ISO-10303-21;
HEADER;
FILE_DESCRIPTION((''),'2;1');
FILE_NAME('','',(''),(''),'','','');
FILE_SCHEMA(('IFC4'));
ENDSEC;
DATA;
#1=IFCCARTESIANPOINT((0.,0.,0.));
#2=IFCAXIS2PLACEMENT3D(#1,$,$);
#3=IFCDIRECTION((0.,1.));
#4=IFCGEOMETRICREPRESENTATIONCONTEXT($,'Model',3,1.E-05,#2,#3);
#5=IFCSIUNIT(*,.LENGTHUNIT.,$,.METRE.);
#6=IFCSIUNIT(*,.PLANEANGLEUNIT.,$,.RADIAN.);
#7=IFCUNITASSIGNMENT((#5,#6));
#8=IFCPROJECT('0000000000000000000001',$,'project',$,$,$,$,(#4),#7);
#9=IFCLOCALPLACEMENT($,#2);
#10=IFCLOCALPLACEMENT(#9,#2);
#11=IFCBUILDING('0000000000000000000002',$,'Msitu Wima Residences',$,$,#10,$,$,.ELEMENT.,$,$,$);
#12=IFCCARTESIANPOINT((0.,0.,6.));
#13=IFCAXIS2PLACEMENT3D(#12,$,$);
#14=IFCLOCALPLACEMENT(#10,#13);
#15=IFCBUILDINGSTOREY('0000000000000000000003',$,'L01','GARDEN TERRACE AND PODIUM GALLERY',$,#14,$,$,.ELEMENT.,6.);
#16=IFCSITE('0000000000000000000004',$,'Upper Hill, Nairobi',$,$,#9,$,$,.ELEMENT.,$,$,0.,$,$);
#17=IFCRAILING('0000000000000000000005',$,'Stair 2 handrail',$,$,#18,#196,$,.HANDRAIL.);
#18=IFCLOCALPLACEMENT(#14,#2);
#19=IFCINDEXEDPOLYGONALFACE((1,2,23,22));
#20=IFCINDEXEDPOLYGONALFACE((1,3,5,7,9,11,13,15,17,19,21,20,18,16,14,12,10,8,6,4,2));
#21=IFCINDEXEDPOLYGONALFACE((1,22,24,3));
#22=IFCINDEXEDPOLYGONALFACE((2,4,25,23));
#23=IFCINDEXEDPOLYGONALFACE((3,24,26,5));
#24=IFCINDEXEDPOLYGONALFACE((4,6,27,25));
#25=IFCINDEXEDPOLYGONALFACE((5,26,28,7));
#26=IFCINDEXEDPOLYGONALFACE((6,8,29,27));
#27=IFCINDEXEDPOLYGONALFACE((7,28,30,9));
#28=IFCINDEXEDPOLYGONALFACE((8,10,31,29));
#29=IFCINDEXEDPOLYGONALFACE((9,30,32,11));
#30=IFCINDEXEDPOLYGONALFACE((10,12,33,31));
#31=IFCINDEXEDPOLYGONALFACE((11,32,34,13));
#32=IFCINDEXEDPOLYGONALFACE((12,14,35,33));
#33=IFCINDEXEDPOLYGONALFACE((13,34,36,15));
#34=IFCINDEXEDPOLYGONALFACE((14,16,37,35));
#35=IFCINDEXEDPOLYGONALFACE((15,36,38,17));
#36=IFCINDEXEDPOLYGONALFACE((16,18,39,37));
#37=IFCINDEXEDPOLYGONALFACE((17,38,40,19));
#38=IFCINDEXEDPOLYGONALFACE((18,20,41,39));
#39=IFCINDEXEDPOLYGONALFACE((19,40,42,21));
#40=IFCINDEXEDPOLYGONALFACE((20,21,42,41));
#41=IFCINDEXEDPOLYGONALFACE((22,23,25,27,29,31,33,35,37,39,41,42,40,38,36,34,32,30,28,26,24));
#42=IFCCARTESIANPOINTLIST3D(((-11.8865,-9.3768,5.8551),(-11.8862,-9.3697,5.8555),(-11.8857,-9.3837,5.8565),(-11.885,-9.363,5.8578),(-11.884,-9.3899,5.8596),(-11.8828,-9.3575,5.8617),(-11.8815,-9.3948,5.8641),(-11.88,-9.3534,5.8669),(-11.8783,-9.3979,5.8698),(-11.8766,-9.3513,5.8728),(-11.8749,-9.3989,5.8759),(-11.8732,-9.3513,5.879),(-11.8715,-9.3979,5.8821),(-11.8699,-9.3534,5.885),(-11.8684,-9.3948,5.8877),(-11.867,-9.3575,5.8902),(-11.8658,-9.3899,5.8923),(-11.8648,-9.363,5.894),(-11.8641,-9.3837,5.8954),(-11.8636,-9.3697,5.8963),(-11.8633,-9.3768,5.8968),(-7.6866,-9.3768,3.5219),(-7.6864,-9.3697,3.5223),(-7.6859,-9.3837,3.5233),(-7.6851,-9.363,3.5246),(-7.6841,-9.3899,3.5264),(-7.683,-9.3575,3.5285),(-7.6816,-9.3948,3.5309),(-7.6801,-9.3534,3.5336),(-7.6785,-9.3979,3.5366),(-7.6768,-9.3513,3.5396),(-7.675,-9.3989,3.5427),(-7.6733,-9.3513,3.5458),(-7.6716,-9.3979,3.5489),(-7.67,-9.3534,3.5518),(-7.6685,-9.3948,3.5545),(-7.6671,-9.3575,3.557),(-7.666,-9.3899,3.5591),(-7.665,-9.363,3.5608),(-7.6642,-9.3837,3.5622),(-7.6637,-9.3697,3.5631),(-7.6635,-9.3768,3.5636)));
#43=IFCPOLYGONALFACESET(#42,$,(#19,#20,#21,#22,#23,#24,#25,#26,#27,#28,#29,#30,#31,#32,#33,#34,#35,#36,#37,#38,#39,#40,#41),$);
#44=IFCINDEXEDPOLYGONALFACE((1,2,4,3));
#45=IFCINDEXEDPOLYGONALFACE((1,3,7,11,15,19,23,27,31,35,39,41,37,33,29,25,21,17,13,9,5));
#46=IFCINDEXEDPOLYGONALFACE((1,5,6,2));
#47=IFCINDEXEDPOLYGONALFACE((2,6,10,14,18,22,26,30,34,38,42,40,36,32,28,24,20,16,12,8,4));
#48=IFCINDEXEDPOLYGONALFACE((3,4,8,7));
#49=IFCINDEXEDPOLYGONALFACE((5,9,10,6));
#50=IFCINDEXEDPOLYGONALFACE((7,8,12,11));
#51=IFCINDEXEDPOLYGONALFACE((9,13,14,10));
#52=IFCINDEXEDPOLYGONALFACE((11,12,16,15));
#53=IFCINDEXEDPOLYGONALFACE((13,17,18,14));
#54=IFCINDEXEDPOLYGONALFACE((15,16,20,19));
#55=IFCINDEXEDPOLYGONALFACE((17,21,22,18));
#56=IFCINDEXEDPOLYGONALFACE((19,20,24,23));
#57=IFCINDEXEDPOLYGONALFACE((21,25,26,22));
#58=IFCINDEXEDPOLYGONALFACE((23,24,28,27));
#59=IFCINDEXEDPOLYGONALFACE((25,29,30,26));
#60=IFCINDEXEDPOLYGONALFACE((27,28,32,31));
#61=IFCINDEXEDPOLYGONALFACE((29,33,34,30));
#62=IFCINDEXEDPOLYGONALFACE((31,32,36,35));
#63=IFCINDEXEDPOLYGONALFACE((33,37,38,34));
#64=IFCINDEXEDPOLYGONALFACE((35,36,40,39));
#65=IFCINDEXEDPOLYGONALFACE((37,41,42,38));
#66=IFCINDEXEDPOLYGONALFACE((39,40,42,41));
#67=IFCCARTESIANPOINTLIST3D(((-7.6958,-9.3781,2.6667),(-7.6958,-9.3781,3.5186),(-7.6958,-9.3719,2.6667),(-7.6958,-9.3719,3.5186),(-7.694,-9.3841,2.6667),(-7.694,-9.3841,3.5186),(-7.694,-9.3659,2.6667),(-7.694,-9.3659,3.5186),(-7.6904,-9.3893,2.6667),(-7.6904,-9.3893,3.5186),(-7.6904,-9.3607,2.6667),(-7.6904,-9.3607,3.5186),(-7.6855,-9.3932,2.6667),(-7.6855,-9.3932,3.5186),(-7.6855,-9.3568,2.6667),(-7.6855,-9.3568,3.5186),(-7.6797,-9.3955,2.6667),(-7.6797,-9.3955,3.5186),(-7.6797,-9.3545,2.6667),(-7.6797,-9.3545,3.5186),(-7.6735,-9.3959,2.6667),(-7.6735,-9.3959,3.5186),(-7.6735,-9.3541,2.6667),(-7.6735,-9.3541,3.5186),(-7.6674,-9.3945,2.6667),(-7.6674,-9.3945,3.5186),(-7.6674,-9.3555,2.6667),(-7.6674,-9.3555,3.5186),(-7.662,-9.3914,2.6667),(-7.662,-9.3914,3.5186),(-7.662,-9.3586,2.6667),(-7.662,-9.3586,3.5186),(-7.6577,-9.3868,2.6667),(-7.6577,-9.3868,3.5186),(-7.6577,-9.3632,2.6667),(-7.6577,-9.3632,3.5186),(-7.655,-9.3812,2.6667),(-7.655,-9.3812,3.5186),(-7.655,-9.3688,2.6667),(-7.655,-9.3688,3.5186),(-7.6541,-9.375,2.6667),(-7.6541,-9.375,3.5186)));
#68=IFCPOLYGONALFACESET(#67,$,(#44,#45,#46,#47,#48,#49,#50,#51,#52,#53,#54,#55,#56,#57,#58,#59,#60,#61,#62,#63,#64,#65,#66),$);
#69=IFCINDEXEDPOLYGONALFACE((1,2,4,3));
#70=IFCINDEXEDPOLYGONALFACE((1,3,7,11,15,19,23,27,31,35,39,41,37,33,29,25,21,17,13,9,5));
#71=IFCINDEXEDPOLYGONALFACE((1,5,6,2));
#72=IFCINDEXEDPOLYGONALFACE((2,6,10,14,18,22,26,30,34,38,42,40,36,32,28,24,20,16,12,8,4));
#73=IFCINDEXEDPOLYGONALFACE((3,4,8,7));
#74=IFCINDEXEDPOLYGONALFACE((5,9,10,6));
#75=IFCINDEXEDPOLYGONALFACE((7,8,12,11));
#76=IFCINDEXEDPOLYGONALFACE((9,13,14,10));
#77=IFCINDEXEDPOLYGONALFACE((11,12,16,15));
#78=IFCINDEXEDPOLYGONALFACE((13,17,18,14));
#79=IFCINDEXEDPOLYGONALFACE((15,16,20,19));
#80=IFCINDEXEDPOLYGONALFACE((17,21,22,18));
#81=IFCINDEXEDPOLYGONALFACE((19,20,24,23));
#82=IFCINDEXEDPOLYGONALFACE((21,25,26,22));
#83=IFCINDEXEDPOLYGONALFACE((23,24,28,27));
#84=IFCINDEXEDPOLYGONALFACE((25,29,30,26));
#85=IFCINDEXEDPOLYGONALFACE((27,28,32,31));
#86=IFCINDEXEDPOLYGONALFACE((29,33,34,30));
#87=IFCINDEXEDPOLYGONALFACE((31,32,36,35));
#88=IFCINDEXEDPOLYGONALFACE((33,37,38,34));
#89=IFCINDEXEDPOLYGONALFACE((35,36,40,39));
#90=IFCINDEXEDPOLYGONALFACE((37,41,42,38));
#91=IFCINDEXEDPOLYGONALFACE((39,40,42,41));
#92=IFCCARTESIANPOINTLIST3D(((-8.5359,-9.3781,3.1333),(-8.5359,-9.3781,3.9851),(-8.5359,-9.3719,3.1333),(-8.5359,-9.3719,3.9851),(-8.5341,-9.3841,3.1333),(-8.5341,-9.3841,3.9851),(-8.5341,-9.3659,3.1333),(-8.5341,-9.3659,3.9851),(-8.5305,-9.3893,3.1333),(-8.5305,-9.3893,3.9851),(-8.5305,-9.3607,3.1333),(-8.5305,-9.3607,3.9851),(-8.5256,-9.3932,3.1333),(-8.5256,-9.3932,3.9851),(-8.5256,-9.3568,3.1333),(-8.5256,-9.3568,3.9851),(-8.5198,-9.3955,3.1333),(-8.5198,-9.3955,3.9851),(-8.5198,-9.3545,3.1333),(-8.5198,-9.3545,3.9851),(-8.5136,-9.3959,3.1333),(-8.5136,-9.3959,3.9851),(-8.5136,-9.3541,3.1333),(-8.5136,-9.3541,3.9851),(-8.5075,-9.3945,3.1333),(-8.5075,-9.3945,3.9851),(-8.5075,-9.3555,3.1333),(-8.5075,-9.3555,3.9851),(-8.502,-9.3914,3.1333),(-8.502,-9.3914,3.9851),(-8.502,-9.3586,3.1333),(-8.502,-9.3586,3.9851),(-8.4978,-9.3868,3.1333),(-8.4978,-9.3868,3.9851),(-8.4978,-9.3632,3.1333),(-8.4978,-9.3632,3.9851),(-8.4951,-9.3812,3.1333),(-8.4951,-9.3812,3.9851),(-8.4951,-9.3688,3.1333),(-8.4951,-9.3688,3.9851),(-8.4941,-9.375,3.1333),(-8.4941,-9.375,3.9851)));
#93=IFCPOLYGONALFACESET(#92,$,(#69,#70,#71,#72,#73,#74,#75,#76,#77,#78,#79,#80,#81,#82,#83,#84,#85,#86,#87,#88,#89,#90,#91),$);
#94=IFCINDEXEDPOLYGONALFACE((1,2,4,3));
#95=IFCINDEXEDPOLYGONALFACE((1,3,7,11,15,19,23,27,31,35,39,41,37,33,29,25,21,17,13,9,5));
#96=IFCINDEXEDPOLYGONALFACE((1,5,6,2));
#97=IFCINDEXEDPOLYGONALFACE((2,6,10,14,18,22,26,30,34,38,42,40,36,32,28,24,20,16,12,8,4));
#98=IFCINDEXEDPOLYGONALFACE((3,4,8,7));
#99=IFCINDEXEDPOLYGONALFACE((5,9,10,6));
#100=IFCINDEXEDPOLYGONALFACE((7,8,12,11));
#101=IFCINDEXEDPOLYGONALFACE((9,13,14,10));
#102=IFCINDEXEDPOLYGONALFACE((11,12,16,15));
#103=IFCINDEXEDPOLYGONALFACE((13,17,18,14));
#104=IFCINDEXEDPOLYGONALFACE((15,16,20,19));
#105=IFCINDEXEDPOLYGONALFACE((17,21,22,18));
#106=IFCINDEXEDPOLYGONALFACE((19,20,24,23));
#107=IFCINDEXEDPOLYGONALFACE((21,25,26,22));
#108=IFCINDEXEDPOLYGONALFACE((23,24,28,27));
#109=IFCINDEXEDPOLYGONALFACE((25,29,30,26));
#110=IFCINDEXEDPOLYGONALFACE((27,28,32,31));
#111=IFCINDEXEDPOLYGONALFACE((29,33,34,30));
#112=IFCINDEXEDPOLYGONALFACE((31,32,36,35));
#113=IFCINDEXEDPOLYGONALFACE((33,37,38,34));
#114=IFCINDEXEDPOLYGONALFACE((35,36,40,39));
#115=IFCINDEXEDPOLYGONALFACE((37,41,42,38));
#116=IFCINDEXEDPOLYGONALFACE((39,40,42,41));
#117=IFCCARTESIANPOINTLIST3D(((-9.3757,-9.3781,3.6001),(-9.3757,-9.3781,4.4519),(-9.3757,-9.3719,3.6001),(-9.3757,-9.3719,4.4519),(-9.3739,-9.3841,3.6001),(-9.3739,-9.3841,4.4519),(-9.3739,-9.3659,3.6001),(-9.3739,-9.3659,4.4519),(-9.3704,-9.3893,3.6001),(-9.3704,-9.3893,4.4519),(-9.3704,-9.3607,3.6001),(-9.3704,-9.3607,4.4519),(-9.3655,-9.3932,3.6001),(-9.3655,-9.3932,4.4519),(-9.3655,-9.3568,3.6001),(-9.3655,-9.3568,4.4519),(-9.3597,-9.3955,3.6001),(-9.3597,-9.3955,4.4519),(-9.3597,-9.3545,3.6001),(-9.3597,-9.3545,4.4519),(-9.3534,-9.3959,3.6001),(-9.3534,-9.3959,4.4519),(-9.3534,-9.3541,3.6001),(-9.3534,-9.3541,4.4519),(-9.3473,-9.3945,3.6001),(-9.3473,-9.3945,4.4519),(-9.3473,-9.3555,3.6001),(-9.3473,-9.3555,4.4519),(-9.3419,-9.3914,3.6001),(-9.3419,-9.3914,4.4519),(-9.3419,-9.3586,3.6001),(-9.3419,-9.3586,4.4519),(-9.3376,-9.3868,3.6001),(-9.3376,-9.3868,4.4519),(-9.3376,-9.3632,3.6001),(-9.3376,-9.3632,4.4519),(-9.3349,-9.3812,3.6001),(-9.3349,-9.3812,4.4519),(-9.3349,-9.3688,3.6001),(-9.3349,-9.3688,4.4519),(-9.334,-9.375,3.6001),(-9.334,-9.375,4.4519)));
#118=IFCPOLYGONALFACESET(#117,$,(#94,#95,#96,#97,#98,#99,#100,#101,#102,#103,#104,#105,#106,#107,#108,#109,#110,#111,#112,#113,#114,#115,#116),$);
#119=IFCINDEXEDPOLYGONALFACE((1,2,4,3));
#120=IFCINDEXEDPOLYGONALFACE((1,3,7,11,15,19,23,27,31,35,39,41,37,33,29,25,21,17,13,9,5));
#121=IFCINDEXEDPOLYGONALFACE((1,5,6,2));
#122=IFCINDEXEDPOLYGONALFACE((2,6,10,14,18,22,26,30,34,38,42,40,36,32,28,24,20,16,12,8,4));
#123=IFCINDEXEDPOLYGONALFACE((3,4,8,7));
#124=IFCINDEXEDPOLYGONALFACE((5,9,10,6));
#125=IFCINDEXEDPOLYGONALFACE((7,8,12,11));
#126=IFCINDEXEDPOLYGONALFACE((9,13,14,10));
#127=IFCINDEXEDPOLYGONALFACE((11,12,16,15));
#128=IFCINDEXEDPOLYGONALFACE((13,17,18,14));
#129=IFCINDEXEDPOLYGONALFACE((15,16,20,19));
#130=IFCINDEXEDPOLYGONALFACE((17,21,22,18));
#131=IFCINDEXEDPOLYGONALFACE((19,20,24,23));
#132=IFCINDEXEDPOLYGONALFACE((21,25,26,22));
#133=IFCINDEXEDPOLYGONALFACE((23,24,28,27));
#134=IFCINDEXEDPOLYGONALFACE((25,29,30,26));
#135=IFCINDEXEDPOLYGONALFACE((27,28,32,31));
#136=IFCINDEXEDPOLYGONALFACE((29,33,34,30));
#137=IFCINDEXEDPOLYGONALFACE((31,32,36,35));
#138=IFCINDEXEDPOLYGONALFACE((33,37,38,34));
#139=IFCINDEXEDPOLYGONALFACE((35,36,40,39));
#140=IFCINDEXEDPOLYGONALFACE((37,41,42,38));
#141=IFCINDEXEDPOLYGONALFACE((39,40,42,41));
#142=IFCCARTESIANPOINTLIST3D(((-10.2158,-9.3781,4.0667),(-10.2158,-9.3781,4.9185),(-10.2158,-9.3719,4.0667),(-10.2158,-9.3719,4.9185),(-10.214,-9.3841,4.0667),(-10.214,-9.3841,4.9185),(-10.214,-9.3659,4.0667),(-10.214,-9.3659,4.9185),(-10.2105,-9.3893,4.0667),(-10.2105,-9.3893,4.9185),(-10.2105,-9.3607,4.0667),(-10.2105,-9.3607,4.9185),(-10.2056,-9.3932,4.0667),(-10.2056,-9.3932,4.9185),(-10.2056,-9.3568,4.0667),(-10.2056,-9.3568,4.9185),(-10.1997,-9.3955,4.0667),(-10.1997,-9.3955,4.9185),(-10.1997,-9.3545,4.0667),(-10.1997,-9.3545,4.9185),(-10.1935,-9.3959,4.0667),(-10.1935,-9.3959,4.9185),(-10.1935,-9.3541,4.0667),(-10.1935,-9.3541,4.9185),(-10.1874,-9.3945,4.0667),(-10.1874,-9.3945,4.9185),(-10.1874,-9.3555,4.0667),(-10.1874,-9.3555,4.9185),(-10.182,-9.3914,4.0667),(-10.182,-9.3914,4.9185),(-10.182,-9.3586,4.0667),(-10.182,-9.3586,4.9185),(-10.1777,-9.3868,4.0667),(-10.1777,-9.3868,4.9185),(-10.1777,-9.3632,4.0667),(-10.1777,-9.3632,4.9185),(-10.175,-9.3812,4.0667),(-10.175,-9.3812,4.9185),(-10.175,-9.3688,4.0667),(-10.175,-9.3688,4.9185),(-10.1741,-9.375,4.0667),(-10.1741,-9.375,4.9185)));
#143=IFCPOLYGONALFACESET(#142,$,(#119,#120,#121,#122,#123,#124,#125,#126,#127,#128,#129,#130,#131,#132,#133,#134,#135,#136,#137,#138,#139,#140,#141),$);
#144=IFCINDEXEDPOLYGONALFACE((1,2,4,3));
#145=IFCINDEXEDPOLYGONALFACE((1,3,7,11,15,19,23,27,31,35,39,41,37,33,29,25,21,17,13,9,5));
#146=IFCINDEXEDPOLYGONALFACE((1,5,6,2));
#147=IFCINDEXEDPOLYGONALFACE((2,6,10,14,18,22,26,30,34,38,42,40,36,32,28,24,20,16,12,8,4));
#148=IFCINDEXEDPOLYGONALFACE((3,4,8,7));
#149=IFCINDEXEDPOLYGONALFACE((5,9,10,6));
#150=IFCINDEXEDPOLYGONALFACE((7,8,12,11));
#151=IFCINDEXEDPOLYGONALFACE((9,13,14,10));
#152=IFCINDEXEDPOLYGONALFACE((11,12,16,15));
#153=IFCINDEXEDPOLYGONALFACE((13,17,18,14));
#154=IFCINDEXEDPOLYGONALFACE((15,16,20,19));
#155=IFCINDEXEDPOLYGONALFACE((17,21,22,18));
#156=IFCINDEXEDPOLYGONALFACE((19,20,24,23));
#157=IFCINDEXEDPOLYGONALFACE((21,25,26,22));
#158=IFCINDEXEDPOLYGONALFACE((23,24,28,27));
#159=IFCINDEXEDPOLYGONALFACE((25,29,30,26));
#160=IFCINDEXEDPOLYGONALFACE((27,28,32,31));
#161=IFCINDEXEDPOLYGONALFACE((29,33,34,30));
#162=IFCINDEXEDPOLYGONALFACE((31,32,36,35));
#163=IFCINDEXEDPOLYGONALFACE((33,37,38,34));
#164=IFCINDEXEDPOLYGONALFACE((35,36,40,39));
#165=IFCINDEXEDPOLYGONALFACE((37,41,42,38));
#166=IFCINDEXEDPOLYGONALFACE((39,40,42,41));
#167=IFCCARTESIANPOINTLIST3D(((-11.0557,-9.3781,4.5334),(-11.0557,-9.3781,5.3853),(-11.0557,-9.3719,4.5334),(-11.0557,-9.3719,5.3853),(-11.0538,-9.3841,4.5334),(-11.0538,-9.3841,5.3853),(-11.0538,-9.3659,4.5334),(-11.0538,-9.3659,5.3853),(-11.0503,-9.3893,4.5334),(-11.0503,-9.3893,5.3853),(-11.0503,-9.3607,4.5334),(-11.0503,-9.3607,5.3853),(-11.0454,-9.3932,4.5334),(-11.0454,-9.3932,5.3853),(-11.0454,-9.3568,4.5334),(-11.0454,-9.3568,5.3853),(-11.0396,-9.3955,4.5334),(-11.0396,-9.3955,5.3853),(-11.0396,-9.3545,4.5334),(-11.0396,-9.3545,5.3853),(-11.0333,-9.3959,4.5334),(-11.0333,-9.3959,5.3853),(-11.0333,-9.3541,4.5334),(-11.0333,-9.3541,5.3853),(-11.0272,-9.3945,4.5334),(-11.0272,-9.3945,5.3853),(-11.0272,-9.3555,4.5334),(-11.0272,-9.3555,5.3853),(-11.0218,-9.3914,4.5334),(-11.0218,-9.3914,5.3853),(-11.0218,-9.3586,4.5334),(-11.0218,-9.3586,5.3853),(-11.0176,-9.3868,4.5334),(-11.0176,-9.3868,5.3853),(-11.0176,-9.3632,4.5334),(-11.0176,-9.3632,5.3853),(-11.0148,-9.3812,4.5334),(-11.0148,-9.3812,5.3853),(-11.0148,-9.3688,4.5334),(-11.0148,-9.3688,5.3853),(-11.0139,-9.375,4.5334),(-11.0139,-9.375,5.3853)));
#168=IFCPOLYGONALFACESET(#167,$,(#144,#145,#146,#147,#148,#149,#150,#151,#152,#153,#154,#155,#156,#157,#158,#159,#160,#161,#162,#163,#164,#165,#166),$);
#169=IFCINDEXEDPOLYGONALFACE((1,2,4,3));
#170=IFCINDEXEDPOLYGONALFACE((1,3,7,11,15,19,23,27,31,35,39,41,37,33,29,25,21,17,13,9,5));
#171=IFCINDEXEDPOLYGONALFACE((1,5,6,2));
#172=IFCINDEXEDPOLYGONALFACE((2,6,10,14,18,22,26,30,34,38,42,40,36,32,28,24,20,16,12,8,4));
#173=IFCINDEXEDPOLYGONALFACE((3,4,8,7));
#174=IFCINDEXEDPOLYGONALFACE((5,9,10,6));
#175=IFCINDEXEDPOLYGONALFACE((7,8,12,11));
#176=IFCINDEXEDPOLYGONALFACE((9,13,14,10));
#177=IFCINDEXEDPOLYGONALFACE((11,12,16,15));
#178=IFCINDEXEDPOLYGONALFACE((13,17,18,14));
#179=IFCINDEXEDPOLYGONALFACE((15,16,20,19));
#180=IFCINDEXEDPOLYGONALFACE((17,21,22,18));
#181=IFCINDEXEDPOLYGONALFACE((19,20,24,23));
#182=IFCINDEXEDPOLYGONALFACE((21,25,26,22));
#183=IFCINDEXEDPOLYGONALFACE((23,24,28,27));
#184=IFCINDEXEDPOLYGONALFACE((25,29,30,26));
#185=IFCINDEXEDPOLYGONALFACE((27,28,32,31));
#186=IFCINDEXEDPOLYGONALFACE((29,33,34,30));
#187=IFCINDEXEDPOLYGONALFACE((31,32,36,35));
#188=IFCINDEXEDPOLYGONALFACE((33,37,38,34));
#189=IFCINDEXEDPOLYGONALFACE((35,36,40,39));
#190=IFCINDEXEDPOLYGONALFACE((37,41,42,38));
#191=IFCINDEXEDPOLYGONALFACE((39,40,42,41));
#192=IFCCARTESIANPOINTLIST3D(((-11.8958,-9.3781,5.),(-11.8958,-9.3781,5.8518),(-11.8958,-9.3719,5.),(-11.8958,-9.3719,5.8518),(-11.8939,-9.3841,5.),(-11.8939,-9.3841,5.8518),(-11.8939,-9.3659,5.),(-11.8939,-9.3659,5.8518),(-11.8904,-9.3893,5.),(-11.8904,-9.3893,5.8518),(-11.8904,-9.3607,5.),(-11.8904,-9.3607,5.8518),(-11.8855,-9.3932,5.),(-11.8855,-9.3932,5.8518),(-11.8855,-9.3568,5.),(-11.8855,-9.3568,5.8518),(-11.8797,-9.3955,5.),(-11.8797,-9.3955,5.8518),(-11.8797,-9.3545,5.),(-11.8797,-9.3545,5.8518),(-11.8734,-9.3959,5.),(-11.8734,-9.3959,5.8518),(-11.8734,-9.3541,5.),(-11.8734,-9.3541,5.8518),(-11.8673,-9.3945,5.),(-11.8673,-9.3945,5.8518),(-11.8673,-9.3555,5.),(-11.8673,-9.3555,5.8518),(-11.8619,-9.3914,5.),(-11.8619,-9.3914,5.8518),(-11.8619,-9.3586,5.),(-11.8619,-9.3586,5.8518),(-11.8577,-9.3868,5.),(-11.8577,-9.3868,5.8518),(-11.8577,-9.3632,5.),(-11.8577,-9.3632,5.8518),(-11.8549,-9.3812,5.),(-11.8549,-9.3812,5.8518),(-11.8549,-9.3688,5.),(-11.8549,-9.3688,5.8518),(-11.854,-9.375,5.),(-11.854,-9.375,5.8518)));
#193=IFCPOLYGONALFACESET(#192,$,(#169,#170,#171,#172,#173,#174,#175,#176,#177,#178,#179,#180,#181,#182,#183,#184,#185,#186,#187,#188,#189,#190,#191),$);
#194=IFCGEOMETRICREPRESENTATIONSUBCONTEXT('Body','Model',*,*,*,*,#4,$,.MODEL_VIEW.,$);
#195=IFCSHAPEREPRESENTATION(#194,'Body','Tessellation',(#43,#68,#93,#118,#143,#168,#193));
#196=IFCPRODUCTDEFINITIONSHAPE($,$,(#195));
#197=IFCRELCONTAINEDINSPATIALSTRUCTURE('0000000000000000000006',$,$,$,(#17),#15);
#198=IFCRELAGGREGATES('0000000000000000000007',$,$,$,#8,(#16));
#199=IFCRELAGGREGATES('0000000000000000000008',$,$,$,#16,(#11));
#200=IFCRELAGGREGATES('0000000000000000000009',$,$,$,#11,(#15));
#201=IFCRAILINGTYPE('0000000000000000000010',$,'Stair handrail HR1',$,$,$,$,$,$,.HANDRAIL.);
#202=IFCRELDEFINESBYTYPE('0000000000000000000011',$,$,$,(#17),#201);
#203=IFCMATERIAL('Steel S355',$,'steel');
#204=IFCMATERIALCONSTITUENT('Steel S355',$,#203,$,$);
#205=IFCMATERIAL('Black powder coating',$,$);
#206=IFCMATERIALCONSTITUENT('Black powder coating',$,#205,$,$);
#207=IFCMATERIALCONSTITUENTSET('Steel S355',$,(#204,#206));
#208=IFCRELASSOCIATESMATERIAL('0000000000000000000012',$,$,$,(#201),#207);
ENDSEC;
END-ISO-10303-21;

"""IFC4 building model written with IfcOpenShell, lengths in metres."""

from ifc_helpers import new_model, si_unit, direction, frame, origin, origin_2d, place, context, subcontext, project, spatial, circle, extrude, material, constituent, constituent_set, type_object, element, save


model = new_model("IFC4")

# Units and contexts
model_context = context("Model", 3, precision=1e-05, world=origin(), true_north=direction((0.0, 1.0)))
body_context = subcontext(model_context, "Body", "Model", "MODEL_VIEW")
ifc_project = project(units=[si_unit("LENGTHUNIT", "METRE"), si_unit("PLANEANGLEUNIT", "RADIAN")], contexts=[model_context])

# Site, building, storey
site_placement = place(None, origin())
site = spatial("IfcSite", under=ifc_project, at=site_placement, Name="Upper Hill, Nairobi", CompositionType="ELEMENT", RefElevation=0.0)
building_placement = place(site_placement, origin())
building = spatial("IfcBuilding", under=site, at=building_placement, Name="Msitu Wima Residences", CompositionType="ELEMENT")
storey_placement = place(building_placement, frame((0.0, 0.0, 6.0)))
storey = spatial("IfcBuildingStorey", under=building, at=storey_placement, Name="L01", Description="GARDEN TERRACE AND PODIUM GALLERY", CompositionType="ELEMENT", Elevation=6.0)

# Railing
ifc_material_1 = material(Name="Steel S355", Category="steel")
ifc_constituent_1 = constituent(ifc_material_1, Name="Steel S355")
ifc_material_2 = material(Name="Black powder coating")
ifc_constituent_2 = constituent(ifc_material_2, Name="Black powder coating")
ifc_constituent_set = constituent_set(constituents=[ifc_constituent_1, ifc_constituent_2], Name="Steel S355")
railing_type = type_object("IfcRailingType", Name="Stair handrail HR1", PredefinedType="HANDRAIL", material=ifc_constituent_set)
for number, where, name in (
    (1, (-7.675, -9.375, 2.6667), "Stair 2 handrail"),
):
    element("IfcRailing", number, at=place(storey_placement, frame(where)), inside=storey, type_object=railing_type, Name=name, PredefinedType="HANDRAIL", context=body_context, shape_type="SweptSolid", body=[
        extrude(circle(Radius=0.0239, at=origin_2d()), frame((0.0, 0.0, 0.876), z_axis=(-0.874162, 0.0, 0.485634), x_axis=(0.0, -1.0, 0.0)), (0.0, 0.0, 1.0), 4.8044),
        extrude(circle(Radius=0.021, at=origin_2d()), origin(), (0.0, 0.0, 1.0), 0.8518),
        extrude(circle(Radius=0.021, at=origin_2d()), frame((-0.8401, 0.0, 0.4666)), (0.0, 0.0, 1.0), 0.8518),
        extrude(circle(Radius=0.021, at=origin_2d()), frame((-1.6799, 0.0, 0.9333)), (0.0, 0.0, 1.0), 0.8518),
        extrude(circle(Radius=0.021, at=origin_2d()), frame((-2.52, 0.0, 1.3999)), (0.0, 0.0, 1.0), 0.8518),
        extrude(circle(Radius=0.021, at=origin_2d()), frame((-3.3599, 0.0, 1.8667)), (0.0, 0.0, 1.0), 0.8518),
        extrude(circle(Radius=0.021, at=origin_2d()), frame((-4.2, 0.0, 2.3333)), (0.0, 0.0, 1.0), 0.8518),
    ])

save(model, "model.ifc")
